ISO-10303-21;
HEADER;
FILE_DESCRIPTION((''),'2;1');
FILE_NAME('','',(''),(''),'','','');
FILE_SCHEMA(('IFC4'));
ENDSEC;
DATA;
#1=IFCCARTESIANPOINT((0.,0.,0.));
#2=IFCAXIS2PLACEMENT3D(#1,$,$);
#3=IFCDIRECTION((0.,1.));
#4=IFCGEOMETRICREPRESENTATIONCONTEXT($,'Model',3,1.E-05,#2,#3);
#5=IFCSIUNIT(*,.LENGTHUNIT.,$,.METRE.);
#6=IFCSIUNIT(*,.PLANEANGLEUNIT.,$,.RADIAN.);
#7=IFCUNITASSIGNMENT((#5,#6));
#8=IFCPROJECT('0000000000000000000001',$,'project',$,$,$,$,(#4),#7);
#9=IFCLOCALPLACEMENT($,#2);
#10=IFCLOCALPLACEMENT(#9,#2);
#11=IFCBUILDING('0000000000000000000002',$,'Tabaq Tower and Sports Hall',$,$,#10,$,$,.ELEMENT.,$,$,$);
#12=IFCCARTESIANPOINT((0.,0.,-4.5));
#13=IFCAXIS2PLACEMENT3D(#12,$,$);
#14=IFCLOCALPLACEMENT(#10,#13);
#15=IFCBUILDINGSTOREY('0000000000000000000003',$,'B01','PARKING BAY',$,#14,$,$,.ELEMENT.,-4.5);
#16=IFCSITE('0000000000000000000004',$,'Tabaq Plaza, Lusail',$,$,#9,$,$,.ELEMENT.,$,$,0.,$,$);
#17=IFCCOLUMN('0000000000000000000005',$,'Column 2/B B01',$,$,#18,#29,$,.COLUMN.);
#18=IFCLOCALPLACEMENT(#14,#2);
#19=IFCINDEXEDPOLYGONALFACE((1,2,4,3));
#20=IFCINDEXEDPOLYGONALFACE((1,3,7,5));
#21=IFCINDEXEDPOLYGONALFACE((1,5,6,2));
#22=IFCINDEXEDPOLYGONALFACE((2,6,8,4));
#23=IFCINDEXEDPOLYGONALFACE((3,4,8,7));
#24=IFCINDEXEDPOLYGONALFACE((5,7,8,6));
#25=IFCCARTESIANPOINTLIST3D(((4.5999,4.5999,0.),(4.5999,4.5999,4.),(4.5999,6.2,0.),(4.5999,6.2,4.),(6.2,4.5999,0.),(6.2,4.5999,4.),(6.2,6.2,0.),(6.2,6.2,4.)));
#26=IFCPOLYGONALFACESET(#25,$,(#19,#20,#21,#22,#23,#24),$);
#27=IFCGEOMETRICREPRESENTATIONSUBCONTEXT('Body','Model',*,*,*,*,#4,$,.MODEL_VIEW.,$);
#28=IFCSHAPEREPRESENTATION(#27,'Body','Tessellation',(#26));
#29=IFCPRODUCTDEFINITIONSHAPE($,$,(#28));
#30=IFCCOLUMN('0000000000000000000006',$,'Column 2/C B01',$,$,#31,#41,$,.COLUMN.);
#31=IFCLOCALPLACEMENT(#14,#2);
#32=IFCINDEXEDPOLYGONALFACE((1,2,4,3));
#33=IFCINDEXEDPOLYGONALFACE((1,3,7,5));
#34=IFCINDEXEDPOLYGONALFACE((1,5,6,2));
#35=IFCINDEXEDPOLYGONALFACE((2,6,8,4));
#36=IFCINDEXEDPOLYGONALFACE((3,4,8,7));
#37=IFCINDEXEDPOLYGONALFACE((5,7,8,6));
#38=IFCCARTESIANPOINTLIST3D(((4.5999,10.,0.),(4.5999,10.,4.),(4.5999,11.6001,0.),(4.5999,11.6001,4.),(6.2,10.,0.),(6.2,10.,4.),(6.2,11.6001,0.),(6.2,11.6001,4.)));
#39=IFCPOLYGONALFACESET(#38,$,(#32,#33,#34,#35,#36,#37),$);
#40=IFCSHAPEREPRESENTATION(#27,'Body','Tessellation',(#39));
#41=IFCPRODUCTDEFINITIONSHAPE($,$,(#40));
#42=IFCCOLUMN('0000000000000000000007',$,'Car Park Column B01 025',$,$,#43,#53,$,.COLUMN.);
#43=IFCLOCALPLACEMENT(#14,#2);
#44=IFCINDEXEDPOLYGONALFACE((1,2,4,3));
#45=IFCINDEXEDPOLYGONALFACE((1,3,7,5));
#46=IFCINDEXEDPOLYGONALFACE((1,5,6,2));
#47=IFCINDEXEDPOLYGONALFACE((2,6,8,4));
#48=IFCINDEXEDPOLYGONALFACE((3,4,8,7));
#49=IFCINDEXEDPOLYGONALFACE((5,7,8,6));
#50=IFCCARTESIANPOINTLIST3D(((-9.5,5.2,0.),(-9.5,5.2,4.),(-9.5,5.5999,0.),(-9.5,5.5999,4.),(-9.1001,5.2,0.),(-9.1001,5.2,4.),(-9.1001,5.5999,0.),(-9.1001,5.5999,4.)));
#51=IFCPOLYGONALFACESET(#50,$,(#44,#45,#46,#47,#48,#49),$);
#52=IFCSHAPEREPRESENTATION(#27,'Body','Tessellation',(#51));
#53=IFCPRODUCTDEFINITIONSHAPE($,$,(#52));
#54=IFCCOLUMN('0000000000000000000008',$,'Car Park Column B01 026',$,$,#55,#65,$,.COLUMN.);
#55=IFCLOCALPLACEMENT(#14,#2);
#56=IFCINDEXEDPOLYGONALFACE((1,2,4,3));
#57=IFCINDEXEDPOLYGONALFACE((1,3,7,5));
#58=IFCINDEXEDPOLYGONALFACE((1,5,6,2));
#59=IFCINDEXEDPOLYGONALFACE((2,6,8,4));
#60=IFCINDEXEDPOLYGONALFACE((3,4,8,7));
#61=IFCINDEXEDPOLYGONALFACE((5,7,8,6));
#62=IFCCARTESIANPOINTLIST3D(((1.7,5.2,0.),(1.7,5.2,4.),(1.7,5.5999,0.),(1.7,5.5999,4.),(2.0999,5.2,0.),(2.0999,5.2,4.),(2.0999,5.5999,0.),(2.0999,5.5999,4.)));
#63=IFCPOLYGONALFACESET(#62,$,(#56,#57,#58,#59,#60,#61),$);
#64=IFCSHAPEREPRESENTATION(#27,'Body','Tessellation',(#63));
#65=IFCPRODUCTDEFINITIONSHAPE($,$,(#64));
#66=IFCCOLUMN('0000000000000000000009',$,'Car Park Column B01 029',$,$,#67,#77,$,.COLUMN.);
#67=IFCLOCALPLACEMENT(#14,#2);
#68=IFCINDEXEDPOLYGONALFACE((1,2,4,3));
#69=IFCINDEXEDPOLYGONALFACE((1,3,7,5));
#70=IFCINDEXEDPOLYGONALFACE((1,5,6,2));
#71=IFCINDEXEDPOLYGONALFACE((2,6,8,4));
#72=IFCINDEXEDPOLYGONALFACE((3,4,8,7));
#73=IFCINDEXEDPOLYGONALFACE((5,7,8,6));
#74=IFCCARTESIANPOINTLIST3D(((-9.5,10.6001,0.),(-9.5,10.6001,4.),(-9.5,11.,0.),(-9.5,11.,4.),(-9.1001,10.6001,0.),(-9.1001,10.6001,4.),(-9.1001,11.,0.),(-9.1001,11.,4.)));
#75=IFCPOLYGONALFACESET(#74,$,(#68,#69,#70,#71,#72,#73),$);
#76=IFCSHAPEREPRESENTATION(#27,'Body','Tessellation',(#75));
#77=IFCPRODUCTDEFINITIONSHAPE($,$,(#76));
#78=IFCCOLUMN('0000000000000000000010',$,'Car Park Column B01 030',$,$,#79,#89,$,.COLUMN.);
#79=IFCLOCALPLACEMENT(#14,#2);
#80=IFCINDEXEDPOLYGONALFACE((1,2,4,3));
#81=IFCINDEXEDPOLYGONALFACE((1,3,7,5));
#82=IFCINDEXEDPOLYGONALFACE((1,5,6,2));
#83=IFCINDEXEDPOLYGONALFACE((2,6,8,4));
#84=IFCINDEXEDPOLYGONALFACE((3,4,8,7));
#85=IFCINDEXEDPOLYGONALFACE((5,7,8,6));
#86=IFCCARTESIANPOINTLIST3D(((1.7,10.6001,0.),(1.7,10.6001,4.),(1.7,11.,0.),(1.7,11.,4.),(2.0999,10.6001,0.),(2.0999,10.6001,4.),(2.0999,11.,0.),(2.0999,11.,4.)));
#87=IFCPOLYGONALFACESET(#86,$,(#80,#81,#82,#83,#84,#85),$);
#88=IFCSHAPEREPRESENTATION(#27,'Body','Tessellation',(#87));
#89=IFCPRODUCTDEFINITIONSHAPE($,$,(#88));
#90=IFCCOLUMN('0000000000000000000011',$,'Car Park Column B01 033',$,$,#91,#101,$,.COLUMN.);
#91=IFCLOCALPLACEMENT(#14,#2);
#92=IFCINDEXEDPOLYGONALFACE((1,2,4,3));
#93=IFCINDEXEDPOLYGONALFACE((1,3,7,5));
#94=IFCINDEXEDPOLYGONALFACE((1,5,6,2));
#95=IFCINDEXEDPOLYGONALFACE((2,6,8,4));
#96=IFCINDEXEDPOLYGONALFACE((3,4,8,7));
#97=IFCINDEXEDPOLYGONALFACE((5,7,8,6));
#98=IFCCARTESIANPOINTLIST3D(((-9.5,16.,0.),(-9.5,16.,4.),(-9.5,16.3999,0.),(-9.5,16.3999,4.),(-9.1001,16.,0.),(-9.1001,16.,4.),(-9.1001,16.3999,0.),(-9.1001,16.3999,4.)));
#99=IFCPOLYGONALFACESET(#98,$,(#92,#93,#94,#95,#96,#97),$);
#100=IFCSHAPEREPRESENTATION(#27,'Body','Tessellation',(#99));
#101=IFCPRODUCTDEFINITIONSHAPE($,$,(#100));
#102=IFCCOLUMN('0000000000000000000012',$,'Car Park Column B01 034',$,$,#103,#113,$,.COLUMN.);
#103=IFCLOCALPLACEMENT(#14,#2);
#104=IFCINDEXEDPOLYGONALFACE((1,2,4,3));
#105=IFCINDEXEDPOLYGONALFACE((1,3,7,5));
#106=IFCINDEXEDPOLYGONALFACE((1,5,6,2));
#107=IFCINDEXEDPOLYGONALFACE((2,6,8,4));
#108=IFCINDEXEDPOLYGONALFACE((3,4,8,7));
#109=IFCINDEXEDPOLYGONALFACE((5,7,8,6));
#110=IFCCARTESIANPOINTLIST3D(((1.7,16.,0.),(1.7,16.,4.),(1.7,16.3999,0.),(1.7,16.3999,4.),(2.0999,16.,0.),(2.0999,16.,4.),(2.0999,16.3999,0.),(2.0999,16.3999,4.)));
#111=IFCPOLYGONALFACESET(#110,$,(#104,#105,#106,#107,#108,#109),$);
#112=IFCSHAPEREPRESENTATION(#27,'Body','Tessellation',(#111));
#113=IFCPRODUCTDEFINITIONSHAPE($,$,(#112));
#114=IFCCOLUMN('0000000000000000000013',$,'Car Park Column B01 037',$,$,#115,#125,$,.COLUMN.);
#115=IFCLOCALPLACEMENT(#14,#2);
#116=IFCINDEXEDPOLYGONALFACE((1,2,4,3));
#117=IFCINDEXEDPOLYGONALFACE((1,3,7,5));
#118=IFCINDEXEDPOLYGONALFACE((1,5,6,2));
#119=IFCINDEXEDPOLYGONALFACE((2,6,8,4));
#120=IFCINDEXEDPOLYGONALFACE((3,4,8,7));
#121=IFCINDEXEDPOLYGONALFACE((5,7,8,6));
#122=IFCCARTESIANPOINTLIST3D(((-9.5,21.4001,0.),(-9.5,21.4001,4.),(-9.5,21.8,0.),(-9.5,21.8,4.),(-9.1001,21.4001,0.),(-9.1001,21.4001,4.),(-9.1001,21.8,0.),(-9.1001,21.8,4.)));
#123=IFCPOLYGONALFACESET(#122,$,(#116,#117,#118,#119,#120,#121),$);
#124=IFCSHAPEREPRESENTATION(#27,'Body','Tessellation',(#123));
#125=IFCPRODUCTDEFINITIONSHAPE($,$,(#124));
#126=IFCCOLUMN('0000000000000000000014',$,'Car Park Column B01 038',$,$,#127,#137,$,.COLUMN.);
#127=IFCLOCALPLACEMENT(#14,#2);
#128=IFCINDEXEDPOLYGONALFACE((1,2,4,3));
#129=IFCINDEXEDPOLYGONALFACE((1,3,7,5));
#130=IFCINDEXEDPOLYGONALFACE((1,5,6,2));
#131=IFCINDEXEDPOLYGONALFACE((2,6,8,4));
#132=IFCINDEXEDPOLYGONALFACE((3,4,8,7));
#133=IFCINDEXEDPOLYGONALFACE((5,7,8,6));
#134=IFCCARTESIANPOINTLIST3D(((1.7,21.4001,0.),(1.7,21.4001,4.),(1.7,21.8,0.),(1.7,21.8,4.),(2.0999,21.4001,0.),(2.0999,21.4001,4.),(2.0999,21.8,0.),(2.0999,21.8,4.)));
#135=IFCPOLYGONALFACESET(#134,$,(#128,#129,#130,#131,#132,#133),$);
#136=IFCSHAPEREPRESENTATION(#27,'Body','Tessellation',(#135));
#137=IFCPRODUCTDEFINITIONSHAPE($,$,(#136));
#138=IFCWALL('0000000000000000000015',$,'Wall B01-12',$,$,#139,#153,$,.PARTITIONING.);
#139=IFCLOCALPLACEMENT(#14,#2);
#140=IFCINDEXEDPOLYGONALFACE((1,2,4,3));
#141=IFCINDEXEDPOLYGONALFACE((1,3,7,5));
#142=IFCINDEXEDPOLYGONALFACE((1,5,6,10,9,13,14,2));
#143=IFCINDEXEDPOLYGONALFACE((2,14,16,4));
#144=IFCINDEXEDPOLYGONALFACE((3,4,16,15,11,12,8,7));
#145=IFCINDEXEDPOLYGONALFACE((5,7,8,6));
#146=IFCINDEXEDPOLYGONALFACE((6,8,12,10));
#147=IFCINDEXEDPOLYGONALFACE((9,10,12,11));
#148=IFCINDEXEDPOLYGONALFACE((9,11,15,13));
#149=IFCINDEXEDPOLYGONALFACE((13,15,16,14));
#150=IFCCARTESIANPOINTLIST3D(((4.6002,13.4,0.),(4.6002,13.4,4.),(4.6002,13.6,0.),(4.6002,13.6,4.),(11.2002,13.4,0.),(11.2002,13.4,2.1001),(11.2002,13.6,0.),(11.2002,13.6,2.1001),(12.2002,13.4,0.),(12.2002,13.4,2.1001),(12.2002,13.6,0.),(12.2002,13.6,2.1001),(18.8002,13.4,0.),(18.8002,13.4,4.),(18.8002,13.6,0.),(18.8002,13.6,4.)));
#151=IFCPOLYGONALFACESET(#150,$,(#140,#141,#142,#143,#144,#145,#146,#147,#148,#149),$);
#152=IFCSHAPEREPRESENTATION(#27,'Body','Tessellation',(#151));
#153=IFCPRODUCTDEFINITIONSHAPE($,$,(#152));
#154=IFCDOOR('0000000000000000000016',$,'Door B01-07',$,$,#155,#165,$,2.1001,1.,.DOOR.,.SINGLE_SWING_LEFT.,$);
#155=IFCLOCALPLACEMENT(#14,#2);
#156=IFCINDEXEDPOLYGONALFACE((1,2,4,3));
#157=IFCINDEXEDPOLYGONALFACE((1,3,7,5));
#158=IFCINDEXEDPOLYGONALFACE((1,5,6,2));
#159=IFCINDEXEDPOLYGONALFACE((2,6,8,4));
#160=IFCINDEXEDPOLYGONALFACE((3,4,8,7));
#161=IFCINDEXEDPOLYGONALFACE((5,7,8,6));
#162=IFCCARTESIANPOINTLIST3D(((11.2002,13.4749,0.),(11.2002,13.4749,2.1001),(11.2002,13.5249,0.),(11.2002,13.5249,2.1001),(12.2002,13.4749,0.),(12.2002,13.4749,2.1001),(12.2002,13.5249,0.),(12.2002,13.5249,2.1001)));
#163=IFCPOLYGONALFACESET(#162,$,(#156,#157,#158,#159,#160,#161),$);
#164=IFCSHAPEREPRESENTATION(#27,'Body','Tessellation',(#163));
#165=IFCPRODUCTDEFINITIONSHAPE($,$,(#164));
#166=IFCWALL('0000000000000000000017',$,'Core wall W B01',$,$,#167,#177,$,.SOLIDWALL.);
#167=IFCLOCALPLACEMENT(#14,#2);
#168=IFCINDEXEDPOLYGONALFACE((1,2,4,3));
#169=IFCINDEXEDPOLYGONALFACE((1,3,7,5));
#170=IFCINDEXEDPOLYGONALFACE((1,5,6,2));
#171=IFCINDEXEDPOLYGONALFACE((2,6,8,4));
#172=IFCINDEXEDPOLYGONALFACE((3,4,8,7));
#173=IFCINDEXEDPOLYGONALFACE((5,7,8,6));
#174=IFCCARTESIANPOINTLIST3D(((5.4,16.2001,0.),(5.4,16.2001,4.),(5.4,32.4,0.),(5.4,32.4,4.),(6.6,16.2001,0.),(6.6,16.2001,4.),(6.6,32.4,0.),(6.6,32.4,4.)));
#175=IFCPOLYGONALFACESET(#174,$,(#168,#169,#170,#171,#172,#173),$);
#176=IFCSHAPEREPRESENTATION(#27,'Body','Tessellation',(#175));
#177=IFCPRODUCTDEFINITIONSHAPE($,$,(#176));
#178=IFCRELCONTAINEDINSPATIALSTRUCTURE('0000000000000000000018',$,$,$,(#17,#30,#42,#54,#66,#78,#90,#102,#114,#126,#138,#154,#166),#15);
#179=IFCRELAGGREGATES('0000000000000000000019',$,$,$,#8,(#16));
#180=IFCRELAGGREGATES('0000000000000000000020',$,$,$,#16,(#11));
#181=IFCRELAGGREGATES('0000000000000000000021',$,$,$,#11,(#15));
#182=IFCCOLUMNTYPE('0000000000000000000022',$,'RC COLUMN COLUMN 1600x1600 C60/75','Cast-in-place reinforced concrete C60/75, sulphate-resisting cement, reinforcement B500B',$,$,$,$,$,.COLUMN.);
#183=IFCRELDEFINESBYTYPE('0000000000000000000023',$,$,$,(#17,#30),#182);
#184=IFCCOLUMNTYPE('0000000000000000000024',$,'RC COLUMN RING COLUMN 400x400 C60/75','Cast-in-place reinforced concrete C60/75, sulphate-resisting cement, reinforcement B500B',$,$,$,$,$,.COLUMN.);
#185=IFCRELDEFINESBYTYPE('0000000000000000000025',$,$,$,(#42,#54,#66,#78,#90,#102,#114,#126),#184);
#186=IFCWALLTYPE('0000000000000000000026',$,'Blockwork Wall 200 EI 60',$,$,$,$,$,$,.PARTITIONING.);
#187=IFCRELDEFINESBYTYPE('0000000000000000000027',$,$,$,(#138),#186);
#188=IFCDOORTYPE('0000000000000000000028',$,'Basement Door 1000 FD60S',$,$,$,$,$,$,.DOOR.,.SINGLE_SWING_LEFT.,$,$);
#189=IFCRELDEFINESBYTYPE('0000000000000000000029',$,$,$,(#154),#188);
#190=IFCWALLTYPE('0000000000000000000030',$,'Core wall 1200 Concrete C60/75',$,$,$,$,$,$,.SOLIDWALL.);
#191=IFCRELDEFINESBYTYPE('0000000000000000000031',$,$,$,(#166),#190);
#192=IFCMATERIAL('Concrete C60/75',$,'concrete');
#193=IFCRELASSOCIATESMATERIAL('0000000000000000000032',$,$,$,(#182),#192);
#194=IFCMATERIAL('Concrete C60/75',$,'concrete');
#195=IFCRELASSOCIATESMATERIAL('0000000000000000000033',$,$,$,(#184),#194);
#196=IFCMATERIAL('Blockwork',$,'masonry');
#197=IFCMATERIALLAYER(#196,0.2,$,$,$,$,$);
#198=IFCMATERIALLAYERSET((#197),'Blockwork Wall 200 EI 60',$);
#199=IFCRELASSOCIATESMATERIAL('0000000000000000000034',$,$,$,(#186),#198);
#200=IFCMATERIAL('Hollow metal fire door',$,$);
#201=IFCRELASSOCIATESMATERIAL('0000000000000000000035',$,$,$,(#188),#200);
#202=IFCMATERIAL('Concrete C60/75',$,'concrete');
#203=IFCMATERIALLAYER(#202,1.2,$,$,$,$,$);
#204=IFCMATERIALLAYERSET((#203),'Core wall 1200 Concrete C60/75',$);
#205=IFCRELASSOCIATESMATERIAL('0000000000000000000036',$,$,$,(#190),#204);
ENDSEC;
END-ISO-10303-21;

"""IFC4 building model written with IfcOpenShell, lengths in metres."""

from ifc_helpers import new_model, si_unit, direction, frame, frame_2d, origin, origin_2d, place, context, subcontext, project, spatial, rectangle, extrude, material, layer, layer_set, material_profile, profile_set, type_object, element, fill, save


model = new_model("IFC4")

# Units and contexts
model_context = context("Model", 3, precision=1e-05, world=origin(), true_north=direction((0.0, 1.0)))
body_context = subcontext(model_context, "Body", "Model", "MODEL_VIEW")
ifc_project = project(units=[si_unit("LENGTHUNIT", "METRE"), si_unit("PLANEANGLEUNIT", "RADIAN")], contexts=[model_context])

# Site, building, storey
site_placement = place(None, origin())
site = spatial("IfcSite", under=ifc_project, at=site_placement, Name="Tabaq Plaza, Lusail", CompositionType="ELEMENT", RefElevation=0.0)
building_placement = place(site_placement, origin())
building = spatial("IfcBuilding", under=site, at=building_placement, Name="Tabaq Tower and Sports Hall", CompositionType="ELEMENT")
storey_placement = place(building_placement, frame((0.0, 0.0, -4.5)))
storey = spatial("IfcBuildingStorey", under=building, at=storey_placement, Name="B01", Description="PARKING BAY", CompositionType="ELEMENT", Elevation=-4.5)

# Columns
ifc_material_1 = material(Name="Concrete C60/75", Category="concrete")
ifc_material_profile_1 = material_profile(ifc_material_1, rectangle(XDim=1.6001, YDim=1.6001, at=origin_2d()), Name="COLUMN 1600x1600")
ifc_profile_set_1 = profile_set([ifc_material_profile_1], Name="Concrete C60/75")
column_type_1 = type_object("IfcColumnType", Name="RC COLUMN COLUMN 1600x1600 C60/75", Description="Cast-in-place reinforced concrete C60/75, sulphate-resisting cement, reinforcement B500B", PredefinedType="COLUMN", material=ifc_profile_set_1)
for number, where, z_axis, x_axis, name in (
    (1, (5.3999, 5.3999, 0.0), (0.0, 0.0, 1.0), (1.0, 0.0, 0.0), "Column 2/B B01"),
    (2, (5.3999, 10.8, 0.0), (0.0, 0.0, 1.0), (1.0, 0.0, 0.0), "Column 2/C B01"),
):
    element("IfcColumn", number, at=place(storey_placement, frame(where, z_axis=z_axis, x_axis=x_axis)), inside=storey, type_object=column_type_1, Name=name, PredefinedType="COLUMN", context=body_context, shape_type="SweptSolid", body=[
        extrude(rectangle(XDim=1.6001, YDim=1.6001, at=origin_2d()), origin(), (0.0, 0.0, 1.0), 4.0),
    ])
ifc_material_2 = material(Name="Concrete C60/75", Category="concrete")
ifc_material_profile_2 = material_profile(ifc_material_2, rectangle(XDim=0.3999, YDim=0.3999, at=origin_2d()), Name="RING COLUMN 400x400")
ifc_profile_set_2 = profile_set([ifc_material_profile_2], Name="Concrete C60/75")
column_type_2 = type_object("IfcColumnType", Name="RC COLUMN RING COLUMN 400x400 C60/75", Description="Cast-in-place reinforced concrete C60/75, sulphate-resisting cement, reinforcement B500B", PredefinedType="COLUMN", material=ifc_profile_set_2)
for number, where, z_axis, x_axis, name in (
    (3, (-9.3, 5.3999, 0.0), (0.0, 0.0, 1.0), (1.0, 0.0, 0.0), "Car Park Column B01 025"),
    (4, (1.8999, 5.3999, 0.0), (0.0, 0.0, 1.0), (1.0, 0.0, 0.0), "Car Park Column B01 026"),
    (5, (-9.3, 10.8, 0.0), (0.0, 0.0, 1.0), (1.0, 0.0, 0.0), "Car Park Column B01 029"),
    (6, (1.8999, 10.8, 0.0), (0.0, 0.0, 1.0), (1.0, 0.0, 0.0), "Car Park Column B01 030"),
    (7, (-9.3, 16.2, 0.0), (0.0, 0.0, 1.0), (1.0, 0.0, 0.0), "Car Park Column B01 033"),
    (8, (1.8999, 16.2, 0.0), (0.0, 0.0, 1.0), (1.0, 0.0, 0.0), "Car Park Column B01 034"),
    (9, (-9.3, 21.6001, 0.0), (0.0, 0.0, 1.0), (1.0, 0.0, 0.0), "Car Park Column B01 037"),
    (10, (1.8999, 21.6001, 0.0), (0.0, 0.0, 1.0), (1.0, 0.0, 0.0), "Car Park Column B01 038"),
):
    element("IfcColumn", number, at=place(storey_placement, frame(where, z_axis=z_axis, x_axis=x_axis)), inside=storey, type_object=column_type_2, Name=name, PredefinedType="COLUMN", context=body_context, shape_type="SweptSolid", body=[
        extrude(rectangle(XDim=0.3999, YDim=0.3999, at=origin_2d()), origin(), (0.0, 0.0, 1.0), 4.0),
    ])

# Wall, opening, door
ifc_material_3 = material(Name="Blockwork", Category="masonry")
ifc_layer_1 = layer(ifc_material_3, 0.2)
ifc_layer_set_1 = layer_set([ifc_layer_1], Name="Blockwork Wall 200 EI 60")
wall_type_1 = type_object("IfcWallType", Name="Blockwork Wall 200 EI 60", PredefinedType="PARTITIONING", material=ifc_layer_set_1)
wall_1_placement = place(storey_placement, frame((4.6001, 13.5, 0.0), z_axis=(0.0, 0.0, 1.0), x_axis=(1.0, 0.0, 0.0)))
wall_1 = element("IfcWall", 11, at=wall_1_placement, inside=storey, type_object=wall_type_1, Name="Wall B01-12", PredefinedType="PARTITIONING", context=body_context, shape_type="SweptSolid", body=[
    extrude(rectangle(XDim=14.2, YDim=0.2, at=frame_2d((7.1001, 0.0))), origin(), (0.0, 0.0, 1.0), 4.0),
])
opening_placement = place(wall_1_placement, frame((6.6001, 0.0, 0.0)))
opening = element("IfcOpeningElement", 12, at=opening_placement, cuts=wall_1, PredefinedType="OPENING", context=body_context, shape_type="SweptSolid", body=[
    extrude(rectangle(XDim=1.0, YDim=2.1001, at=frame_2d((0.5, 1.05))), frame((0.0, 0.1099, 0.0), z_axis=(0.0, -1.0, 0.0), x_axis=(1.0, 0.0, 0.0)), (0.0, 0.0, 1.0), 0.22),
])
ifc_material_4 = material(Name="Hollow metal fire door")
door_type = type_object("IfcDoorType", Name="Basement Door 1000 FD60S", OperationType="SINGLE_SWING_LEFT", PredefinedType="DOOR", material=ifc_material_4)
door_placement = place(opening_placement, origin())
door = element("IfcDoor", 13, at=door_placement, inside=storey, type_object=door_type, Name="Door B01-07", OperationType="SINGLE_SWING_LEFT", OverallHeight=2.1001, OverallWidth=1.0, PredefinedType="DOOR", context=body_context, shape_type="SweptSolid", body=[
    extrude(rectangle(XDim=1.0, YDim=2.1001, at=frame_2d((0.5, 1.05))), frame((0.0, 0.0249, 0.0), z_axis=(0.0, -1.0, 0.0), x_axis=(1.0, 0.0, 0.0)), (0.0, 0.0, 1.0), 0.05),
])
fill(opening, door)

# Wall
ifc_material_5 = material(Name="Concrete C60/75", Category="concrete")
ifc_layer_2 = layer(ifc_material_5, 1.2)
ifc_layer_set_2 = layer_set([ifc_layer_2], Name="Core wall 1200 Concrete C60/75")
wall_type_2 = type_object("IfcWallType", Name="Core wall 1200 Concrete C60/75", PredefinedType="SOLIDWALL", material=ifc_layer_set_2)
wall_2_placement = place(storey_placement, frame((6.0, 16.2, 0.0), z_axis=(0.0, 0.0, 1.0), x_axis=(0.0, 1.0, 0.0)))
element("IfcWall", 14, at=wall_2_placement, inside=storey, type_object=wall_type_2, Name="Core wall W B01", PredefinedType="SOLIDWALL", context=body_context, shape_type="SweptSolid", body=[
    extrude(rectangle(XDim=16.2, YDim=1.2, at=frame_2d((8.1001, 0.0))), origin(), (0.0, 0.0, 1.0), 4.0),
])

save(model, "model.ifc")
